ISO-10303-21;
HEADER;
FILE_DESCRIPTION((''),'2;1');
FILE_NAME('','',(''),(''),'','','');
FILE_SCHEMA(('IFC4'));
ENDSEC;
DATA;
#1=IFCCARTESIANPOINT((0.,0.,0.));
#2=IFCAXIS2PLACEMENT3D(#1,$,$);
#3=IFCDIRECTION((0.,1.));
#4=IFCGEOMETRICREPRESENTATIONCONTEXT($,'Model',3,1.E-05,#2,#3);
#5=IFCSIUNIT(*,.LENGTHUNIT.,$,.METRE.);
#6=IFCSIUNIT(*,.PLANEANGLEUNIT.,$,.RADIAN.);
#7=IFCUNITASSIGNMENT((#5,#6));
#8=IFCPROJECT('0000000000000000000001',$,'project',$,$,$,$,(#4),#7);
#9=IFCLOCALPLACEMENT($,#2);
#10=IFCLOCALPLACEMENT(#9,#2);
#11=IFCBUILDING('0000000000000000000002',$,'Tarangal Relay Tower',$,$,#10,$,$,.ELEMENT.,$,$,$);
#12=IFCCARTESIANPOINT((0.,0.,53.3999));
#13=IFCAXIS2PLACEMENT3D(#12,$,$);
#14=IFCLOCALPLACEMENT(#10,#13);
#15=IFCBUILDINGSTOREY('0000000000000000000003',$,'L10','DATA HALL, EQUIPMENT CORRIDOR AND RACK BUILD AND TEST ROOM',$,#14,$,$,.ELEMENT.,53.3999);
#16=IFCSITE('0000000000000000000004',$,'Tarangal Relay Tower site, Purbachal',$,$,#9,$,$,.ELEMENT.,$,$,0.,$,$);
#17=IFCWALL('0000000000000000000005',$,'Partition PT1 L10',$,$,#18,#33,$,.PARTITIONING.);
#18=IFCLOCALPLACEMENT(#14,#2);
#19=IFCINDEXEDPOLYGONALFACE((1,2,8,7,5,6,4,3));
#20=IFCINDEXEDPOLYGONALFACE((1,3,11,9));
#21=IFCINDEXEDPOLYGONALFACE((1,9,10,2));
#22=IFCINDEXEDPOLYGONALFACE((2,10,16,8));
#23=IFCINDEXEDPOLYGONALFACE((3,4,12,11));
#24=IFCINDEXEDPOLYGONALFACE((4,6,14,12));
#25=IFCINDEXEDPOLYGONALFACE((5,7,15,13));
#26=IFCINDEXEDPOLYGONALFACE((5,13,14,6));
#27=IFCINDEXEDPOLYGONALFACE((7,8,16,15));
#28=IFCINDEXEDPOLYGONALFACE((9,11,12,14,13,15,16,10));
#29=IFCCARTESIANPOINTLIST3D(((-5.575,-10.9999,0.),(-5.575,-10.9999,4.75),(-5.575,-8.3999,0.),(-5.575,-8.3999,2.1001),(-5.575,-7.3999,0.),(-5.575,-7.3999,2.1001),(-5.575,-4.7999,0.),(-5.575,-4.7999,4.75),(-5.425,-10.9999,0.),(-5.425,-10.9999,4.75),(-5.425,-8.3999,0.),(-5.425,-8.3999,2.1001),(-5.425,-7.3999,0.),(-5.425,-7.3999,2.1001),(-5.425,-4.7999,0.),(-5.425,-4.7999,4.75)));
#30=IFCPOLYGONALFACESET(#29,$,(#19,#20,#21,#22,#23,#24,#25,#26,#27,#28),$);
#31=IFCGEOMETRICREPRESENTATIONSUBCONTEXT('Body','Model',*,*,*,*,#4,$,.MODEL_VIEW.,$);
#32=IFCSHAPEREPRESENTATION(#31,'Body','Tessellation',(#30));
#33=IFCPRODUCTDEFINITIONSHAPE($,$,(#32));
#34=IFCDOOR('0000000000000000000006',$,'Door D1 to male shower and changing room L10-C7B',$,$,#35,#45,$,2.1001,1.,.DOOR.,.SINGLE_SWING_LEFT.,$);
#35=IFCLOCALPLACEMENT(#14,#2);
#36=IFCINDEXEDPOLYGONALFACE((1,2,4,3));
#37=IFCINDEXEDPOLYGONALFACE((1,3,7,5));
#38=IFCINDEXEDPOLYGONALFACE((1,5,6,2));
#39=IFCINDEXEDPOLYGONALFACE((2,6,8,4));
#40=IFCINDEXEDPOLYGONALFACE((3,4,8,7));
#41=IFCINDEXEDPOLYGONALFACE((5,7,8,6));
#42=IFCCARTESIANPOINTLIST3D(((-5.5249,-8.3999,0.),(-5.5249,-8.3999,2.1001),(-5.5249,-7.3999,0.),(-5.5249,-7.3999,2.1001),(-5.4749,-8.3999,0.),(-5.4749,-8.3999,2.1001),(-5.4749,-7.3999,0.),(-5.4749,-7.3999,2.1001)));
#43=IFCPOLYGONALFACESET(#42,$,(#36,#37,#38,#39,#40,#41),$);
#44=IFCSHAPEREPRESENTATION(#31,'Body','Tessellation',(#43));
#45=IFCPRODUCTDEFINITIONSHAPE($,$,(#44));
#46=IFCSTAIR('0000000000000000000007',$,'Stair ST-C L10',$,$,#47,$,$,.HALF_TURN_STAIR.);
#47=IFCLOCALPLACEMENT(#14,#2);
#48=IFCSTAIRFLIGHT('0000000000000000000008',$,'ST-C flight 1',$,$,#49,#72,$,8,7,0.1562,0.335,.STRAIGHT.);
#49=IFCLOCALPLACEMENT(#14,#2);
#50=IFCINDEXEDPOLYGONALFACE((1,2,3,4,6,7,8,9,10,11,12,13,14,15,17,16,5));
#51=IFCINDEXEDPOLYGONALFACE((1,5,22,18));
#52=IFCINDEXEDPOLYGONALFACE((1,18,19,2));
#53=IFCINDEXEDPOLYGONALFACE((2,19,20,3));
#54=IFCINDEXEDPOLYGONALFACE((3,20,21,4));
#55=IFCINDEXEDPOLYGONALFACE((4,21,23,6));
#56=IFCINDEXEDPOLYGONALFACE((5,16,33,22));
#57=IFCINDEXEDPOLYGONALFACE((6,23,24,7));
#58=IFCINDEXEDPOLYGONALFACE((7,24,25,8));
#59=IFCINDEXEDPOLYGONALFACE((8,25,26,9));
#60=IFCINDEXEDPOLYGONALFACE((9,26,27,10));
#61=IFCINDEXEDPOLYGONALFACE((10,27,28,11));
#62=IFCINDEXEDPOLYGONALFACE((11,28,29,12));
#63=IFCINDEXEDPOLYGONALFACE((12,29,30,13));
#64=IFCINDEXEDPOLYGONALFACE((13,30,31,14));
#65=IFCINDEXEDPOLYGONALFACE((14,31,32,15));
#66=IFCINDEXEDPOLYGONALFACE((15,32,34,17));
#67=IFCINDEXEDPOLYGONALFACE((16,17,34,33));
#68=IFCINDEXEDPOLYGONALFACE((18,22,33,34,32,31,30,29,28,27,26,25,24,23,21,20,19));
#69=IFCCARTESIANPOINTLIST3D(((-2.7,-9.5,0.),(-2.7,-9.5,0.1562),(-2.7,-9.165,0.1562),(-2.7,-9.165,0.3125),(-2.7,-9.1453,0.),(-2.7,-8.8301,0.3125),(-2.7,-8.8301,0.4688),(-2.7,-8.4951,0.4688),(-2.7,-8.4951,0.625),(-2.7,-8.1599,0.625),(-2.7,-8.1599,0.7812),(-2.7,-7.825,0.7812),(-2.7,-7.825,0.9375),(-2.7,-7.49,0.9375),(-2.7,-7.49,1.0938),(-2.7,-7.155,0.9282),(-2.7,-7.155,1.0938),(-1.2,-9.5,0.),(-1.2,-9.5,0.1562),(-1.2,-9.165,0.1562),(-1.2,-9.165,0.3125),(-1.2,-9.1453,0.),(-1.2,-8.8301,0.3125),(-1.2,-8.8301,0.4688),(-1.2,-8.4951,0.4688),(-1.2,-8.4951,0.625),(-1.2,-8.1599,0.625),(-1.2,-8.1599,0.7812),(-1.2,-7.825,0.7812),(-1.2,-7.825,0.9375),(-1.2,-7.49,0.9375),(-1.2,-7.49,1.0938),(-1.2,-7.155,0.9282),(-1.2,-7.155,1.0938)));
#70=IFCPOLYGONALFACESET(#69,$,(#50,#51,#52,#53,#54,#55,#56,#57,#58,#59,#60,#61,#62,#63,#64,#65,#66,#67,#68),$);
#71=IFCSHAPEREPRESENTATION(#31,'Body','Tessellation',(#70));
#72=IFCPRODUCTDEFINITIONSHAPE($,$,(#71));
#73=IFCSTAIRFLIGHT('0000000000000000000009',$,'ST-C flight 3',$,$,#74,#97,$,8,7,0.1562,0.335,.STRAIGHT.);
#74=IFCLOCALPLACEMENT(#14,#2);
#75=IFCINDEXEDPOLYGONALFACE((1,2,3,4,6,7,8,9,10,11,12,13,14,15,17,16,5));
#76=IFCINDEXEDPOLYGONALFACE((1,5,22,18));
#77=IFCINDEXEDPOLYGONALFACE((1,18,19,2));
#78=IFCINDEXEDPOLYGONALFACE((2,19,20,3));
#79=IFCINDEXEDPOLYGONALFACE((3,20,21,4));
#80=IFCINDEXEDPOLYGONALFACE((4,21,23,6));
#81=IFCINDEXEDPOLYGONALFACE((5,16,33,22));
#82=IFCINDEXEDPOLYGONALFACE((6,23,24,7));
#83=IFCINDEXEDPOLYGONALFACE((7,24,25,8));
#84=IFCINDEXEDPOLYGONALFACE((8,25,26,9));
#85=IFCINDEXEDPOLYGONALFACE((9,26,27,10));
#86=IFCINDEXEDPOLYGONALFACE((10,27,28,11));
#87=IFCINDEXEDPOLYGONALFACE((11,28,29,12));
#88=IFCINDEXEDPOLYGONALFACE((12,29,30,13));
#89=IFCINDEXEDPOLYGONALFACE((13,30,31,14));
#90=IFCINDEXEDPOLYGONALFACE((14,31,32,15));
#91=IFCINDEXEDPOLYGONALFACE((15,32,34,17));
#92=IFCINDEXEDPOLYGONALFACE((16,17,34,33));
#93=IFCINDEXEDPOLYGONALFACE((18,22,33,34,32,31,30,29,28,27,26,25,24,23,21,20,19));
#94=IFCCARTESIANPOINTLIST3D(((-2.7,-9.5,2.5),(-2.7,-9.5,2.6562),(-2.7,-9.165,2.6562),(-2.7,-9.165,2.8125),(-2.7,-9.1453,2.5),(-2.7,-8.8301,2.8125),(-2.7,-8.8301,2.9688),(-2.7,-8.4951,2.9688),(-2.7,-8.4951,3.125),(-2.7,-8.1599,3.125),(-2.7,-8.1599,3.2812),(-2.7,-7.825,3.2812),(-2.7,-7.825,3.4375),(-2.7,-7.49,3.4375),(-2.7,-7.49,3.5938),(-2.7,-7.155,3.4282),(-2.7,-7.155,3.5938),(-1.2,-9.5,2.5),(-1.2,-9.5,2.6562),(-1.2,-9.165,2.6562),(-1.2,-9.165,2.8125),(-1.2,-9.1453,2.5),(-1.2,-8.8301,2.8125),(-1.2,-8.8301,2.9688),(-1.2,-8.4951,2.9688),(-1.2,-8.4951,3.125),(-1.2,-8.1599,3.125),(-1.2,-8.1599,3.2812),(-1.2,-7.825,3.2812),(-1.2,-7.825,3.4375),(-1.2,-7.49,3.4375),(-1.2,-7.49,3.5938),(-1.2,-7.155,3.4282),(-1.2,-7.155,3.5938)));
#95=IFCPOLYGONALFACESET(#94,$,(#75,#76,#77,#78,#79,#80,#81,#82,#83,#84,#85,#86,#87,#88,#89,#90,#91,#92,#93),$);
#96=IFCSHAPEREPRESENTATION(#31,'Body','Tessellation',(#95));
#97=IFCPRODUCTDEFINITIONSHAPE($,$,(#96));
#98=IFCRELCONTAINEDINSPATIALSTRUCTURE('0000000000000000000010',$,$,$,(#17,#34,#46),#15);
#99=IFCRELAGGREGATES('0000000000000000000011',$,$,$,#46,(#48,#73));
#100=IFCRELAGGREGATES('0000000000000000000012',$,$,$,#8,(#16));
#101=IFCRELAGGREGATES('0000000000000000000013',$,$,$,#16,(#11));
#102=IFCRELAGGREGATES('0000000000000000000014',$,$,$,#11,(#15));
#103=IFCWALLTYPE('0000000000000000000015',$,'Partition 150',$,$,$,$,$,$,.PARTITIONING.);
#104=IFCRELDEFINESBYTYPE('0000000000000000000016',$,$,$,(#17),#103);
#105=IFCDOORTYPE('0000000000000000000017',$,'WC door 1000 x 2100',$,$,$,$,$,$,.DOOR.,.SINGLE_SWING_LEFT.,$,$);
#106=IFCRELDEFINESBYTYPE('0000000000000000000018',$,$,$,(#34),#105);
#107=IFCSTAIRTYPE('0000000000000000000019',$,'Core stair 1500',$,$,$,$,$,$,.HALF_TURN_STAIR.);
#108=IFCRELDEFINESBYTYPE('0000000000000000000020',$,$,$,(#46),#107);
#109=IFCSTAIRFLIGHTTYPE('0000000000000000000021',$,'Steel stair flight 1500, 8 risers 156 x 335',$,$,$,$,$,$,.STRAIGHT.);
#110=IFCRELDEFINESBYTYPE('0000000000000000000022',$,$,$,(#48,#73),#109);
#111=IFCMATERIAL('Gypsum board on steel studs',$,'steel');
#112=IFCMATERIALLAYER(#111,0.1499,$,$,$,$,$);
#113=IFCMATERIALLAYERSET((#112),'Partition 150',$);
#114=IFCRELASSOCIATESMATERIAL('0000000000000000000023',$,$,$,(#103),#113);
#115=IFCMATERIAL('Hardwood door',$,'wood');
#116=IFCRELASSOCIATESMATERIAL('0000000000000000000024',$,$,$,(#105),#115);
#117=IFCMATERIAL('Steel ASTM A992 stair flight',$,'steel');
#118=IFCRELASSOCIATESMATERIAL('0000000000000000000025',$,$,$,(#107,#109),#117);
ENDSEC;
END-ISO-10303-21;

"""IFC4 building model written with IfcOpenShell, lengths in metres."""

from ifc_helpers import new_model, si_unit, direction, frame, frame_2d, origin, place, context, subcontext, project, spatial, polyline, rectangle, outline, extrude, material, layer, layer_set, type_object, element, fill, aggregate, save


model = new_model("IFC4")

# Units and contexts
model_context = context("Model", 3, precision=1e-05, world=origin(), true_north=direction((0.0, 1.0)))
body_context = subcontext(model_context, "Body", "Model", "MODEL_VIEW")
ifc_project = project(units=[si_unit("LENGTHUNIT", "METRE"), si_unit("PLANEANGLEUNIT", "RADIAN")], contexts=[model_context])

# Site, building, storey
site_placement = place(None, origin())
site = spatial("IfcSite", under=ifc_project, at=site_placement, Name="Tarangal Relay Tower site, Purbachal", CompositionType="ELEMENT", RefElevation=0.0)
building_placement = place(site_placement, origin())
building = spatial("IfcBuilding", under=site, at=building_placement, Name="Tarangal Relay Tower", CompositionType="ELEMENT")
storey_placement = place(building_placement, frame((0.0, 0.0, 53.3999)))
storey = spatial("IfcBuildingStorey", under=building, at=storey_placement, Name="L10", Description="DATA HALL, EQUIPMENT CORRIDOR AND RACK BUILD AND TEST ROOM", CompositionType="ELEMENT", Elevation=53.3999)

# Wall, opening, door
ifc_material_1 = material(Name="Gypsum board on steel studs", Category="steel")
ifc_layer_1 = layer(ifc_material_1, 0.1499)
ifc_layer_set_1 = layer_set([ifc_layer_1], Name="Partition 150")
wall_type_1 = type_object("IfcWallType", Name="Partition 150", PredefinedType="PARTITIONING", material=ifc_layer_set_1)
wall_1_placement = place(storey_placement, frame((-5.5, -11.0, 0.0), z_axis=(0.0, 0.0, 1.0), x_axis=(0.0, 1.0, 0.0)))
wall_1 = element("IfcWall", 1, at=wall_1_placement, inside=storey, type_object=wall_type_1, Name="Partition PT1 L10", PredefinedType="PARTITIONING", context=body_context, shape_type="SweptSolid", body=[
    extrude(rectangle(XDim=6.2, YDim=0.1499, at=frame_2d((3.1001, 0.0))), origin(), (0.0, 0.0, 1.0), 4.75),
])
opening_placement = place(wall_1_placement, frame((2.6001, 0.0, 0.0)))
opening = element("IfcOpeningElement", 2, at=opening_placement, cuts=wall_1, PredefinedType="OPENING", context=body_context, shape_type="SweptSolid", body=[
    extrude(rectangle(XDim=1.0, YDim=2.1001, at=frame_2d((0.5, 1.05))), frame((0.0, 0.085, 0.0), z_axis=(0.0, -1.0, 0.0), x_axis=(1.0, 0.0, 0.0)), (0.0, 0.0, 1.0), 0.1699),
])
ifc_material_2 = material(Name="Hardwood door", Category="wood")
door_type = type_object("IfcDoorType", Name="WC door 1000 x 2100", OperationType="SINGLE_SWING_LEFT", PredefinedType="DOOR", material=ifc_material_2)
door_placement = place(opening_placement, origin())
door = element("IfcDoor", 3, at=door_placement, inside=storey, type_object=door_type, Name="Door D1 to male shower and changing room L10-C7B", OperationType="SINGLE_SWING_LEFT", OverallHeight=2.1001, OverallWidth=1.0, PredefinedType="DOOR", context=body_context, shape_type="SweptSolid", body=[
    extrude(rectangle(XDim=1.0, YDim=2.1001, at=frame_2d((0.5, 1.05))), frame((0.0, 0.0249, 0.0), z_axis=(0.0, -1.0, 0.0), x_axis=(1.0, 0.0, 0.0)), (0.0, 0.0, 1.0), 0.05),
])
fill(opening, door)

# Stair, stair flights
ifc_material_3 = material(Name="Steel ASTM A992 stair flight", Category="steel")
stair_type = type_object("IfcStairType", Name="Core stair 1500", PredefinedType="HALF_TURN_STAIR", material=ifc_material_3)
stair_placement = place(storey_placement, origin())
stair = element("IfcStair", 4, at=stair_placement, inside=storey, type_object=stair_type, Name="Stair ST-C L10", PredefinedType="HALF_TURN_STAIR")
stair_flight_type = type_object("IfcStairFlightType", Name="Steel stair flight 1500, 8 risers 156 x 335", PredefinedType="STRAIGHT", material=ifc_material_3)
stair_flight_1_placement = place(storey_placement, frame((-1.95, -9.5, 0.0), z_axis=(0.0, 0.0, 1.0), x_axis=(0.0, 1.0, 0.0)))
stair_flight_1 = element("IfcStairFlight", 5, at=stair_flight_1_placement, type_object=stair_flight_type, Name="ST-C flight 1", NumberOfRisers=8, NumberOfTreads=7, PredefinedType="STRAIGHT", RiserHeight=0.1562, TreadLength=0.335, context=body_context, shape_type="SweptSolid", body=[
    extrude(outline(polyline([(0.0, 0.0), (0.0, 0.1562), (0.335, 0.1562), (0.335, 0.3125), (0.6699, 0.3125), (0.6699, 0.4688), (1.0049, 0.4688), (1.0049, 0.625), (1.3401, 0.625), (1.3401, 0.7812), (1.675, 0.7812), (1.675, 0.9375), (2.01, 0.9375), (2.01, 1.0938), (2.345, 1.0938), (2.345, 1.25), (2.345, 0.9282), (0.3547, 0.0), (0.0, 0.0)])), frame((0.0, 0.75, 0.0), z_axis=(0.0, -1.0, 0.0), x_axis=(1.0, 0.0, 0.0)), (0.0, 0.0, 1.0), 1.5),
])
stair_flight_2_placement = place(storey_placement, frame((-1.95, -9.5, 2.5), z_axis=(0.0, 0.0, 1.0), x_axis=(0.0, 1.0, 0.0)))
stair_flight_2 = element("IfcStairFlight", 6, at=stair_flight_2_placement, type_object=stair_flight_type, Name="ST-C flight 3", NumberOfRisers=8, NumberOfTreads=7, PredefinedType="STRAIGHT", RiserHeight=0.1562, TreadLength=0.335, context=body_context, shape_type="SweptSolid", body=[
    extrude(outline(polyline([(0.0, 0.0), (0.0, 0.1562), (0.335, 0.1562), (0.335, 0.3125), (0.6699, 0.3125), (0.6699, 0.4688), (1.0049, 0.4688), (1.0049, 0.625), (1.3401, 0.625), (1.3401, 0.7812), (1.675, 0.7812), (1.675, 0.9375), (2.01, 0.9375), (2.01, 1.0938), (2.345, 1.0938), (2.345, 1.25), (2.345, 0.9282), (0.3547, 0.0), (0.0, 0.0)])), frame((0.0, 0.75, 0.0), z_axis=(0.0, -1.0, 0.0), x_axis=(1.0, 0.0, 0.0)), (0.0, 0.0, 1.0), 1.5),
])
aggregate(stair, [stair_flight_1, stair_flight_2])

save(model, "model.ifc")
